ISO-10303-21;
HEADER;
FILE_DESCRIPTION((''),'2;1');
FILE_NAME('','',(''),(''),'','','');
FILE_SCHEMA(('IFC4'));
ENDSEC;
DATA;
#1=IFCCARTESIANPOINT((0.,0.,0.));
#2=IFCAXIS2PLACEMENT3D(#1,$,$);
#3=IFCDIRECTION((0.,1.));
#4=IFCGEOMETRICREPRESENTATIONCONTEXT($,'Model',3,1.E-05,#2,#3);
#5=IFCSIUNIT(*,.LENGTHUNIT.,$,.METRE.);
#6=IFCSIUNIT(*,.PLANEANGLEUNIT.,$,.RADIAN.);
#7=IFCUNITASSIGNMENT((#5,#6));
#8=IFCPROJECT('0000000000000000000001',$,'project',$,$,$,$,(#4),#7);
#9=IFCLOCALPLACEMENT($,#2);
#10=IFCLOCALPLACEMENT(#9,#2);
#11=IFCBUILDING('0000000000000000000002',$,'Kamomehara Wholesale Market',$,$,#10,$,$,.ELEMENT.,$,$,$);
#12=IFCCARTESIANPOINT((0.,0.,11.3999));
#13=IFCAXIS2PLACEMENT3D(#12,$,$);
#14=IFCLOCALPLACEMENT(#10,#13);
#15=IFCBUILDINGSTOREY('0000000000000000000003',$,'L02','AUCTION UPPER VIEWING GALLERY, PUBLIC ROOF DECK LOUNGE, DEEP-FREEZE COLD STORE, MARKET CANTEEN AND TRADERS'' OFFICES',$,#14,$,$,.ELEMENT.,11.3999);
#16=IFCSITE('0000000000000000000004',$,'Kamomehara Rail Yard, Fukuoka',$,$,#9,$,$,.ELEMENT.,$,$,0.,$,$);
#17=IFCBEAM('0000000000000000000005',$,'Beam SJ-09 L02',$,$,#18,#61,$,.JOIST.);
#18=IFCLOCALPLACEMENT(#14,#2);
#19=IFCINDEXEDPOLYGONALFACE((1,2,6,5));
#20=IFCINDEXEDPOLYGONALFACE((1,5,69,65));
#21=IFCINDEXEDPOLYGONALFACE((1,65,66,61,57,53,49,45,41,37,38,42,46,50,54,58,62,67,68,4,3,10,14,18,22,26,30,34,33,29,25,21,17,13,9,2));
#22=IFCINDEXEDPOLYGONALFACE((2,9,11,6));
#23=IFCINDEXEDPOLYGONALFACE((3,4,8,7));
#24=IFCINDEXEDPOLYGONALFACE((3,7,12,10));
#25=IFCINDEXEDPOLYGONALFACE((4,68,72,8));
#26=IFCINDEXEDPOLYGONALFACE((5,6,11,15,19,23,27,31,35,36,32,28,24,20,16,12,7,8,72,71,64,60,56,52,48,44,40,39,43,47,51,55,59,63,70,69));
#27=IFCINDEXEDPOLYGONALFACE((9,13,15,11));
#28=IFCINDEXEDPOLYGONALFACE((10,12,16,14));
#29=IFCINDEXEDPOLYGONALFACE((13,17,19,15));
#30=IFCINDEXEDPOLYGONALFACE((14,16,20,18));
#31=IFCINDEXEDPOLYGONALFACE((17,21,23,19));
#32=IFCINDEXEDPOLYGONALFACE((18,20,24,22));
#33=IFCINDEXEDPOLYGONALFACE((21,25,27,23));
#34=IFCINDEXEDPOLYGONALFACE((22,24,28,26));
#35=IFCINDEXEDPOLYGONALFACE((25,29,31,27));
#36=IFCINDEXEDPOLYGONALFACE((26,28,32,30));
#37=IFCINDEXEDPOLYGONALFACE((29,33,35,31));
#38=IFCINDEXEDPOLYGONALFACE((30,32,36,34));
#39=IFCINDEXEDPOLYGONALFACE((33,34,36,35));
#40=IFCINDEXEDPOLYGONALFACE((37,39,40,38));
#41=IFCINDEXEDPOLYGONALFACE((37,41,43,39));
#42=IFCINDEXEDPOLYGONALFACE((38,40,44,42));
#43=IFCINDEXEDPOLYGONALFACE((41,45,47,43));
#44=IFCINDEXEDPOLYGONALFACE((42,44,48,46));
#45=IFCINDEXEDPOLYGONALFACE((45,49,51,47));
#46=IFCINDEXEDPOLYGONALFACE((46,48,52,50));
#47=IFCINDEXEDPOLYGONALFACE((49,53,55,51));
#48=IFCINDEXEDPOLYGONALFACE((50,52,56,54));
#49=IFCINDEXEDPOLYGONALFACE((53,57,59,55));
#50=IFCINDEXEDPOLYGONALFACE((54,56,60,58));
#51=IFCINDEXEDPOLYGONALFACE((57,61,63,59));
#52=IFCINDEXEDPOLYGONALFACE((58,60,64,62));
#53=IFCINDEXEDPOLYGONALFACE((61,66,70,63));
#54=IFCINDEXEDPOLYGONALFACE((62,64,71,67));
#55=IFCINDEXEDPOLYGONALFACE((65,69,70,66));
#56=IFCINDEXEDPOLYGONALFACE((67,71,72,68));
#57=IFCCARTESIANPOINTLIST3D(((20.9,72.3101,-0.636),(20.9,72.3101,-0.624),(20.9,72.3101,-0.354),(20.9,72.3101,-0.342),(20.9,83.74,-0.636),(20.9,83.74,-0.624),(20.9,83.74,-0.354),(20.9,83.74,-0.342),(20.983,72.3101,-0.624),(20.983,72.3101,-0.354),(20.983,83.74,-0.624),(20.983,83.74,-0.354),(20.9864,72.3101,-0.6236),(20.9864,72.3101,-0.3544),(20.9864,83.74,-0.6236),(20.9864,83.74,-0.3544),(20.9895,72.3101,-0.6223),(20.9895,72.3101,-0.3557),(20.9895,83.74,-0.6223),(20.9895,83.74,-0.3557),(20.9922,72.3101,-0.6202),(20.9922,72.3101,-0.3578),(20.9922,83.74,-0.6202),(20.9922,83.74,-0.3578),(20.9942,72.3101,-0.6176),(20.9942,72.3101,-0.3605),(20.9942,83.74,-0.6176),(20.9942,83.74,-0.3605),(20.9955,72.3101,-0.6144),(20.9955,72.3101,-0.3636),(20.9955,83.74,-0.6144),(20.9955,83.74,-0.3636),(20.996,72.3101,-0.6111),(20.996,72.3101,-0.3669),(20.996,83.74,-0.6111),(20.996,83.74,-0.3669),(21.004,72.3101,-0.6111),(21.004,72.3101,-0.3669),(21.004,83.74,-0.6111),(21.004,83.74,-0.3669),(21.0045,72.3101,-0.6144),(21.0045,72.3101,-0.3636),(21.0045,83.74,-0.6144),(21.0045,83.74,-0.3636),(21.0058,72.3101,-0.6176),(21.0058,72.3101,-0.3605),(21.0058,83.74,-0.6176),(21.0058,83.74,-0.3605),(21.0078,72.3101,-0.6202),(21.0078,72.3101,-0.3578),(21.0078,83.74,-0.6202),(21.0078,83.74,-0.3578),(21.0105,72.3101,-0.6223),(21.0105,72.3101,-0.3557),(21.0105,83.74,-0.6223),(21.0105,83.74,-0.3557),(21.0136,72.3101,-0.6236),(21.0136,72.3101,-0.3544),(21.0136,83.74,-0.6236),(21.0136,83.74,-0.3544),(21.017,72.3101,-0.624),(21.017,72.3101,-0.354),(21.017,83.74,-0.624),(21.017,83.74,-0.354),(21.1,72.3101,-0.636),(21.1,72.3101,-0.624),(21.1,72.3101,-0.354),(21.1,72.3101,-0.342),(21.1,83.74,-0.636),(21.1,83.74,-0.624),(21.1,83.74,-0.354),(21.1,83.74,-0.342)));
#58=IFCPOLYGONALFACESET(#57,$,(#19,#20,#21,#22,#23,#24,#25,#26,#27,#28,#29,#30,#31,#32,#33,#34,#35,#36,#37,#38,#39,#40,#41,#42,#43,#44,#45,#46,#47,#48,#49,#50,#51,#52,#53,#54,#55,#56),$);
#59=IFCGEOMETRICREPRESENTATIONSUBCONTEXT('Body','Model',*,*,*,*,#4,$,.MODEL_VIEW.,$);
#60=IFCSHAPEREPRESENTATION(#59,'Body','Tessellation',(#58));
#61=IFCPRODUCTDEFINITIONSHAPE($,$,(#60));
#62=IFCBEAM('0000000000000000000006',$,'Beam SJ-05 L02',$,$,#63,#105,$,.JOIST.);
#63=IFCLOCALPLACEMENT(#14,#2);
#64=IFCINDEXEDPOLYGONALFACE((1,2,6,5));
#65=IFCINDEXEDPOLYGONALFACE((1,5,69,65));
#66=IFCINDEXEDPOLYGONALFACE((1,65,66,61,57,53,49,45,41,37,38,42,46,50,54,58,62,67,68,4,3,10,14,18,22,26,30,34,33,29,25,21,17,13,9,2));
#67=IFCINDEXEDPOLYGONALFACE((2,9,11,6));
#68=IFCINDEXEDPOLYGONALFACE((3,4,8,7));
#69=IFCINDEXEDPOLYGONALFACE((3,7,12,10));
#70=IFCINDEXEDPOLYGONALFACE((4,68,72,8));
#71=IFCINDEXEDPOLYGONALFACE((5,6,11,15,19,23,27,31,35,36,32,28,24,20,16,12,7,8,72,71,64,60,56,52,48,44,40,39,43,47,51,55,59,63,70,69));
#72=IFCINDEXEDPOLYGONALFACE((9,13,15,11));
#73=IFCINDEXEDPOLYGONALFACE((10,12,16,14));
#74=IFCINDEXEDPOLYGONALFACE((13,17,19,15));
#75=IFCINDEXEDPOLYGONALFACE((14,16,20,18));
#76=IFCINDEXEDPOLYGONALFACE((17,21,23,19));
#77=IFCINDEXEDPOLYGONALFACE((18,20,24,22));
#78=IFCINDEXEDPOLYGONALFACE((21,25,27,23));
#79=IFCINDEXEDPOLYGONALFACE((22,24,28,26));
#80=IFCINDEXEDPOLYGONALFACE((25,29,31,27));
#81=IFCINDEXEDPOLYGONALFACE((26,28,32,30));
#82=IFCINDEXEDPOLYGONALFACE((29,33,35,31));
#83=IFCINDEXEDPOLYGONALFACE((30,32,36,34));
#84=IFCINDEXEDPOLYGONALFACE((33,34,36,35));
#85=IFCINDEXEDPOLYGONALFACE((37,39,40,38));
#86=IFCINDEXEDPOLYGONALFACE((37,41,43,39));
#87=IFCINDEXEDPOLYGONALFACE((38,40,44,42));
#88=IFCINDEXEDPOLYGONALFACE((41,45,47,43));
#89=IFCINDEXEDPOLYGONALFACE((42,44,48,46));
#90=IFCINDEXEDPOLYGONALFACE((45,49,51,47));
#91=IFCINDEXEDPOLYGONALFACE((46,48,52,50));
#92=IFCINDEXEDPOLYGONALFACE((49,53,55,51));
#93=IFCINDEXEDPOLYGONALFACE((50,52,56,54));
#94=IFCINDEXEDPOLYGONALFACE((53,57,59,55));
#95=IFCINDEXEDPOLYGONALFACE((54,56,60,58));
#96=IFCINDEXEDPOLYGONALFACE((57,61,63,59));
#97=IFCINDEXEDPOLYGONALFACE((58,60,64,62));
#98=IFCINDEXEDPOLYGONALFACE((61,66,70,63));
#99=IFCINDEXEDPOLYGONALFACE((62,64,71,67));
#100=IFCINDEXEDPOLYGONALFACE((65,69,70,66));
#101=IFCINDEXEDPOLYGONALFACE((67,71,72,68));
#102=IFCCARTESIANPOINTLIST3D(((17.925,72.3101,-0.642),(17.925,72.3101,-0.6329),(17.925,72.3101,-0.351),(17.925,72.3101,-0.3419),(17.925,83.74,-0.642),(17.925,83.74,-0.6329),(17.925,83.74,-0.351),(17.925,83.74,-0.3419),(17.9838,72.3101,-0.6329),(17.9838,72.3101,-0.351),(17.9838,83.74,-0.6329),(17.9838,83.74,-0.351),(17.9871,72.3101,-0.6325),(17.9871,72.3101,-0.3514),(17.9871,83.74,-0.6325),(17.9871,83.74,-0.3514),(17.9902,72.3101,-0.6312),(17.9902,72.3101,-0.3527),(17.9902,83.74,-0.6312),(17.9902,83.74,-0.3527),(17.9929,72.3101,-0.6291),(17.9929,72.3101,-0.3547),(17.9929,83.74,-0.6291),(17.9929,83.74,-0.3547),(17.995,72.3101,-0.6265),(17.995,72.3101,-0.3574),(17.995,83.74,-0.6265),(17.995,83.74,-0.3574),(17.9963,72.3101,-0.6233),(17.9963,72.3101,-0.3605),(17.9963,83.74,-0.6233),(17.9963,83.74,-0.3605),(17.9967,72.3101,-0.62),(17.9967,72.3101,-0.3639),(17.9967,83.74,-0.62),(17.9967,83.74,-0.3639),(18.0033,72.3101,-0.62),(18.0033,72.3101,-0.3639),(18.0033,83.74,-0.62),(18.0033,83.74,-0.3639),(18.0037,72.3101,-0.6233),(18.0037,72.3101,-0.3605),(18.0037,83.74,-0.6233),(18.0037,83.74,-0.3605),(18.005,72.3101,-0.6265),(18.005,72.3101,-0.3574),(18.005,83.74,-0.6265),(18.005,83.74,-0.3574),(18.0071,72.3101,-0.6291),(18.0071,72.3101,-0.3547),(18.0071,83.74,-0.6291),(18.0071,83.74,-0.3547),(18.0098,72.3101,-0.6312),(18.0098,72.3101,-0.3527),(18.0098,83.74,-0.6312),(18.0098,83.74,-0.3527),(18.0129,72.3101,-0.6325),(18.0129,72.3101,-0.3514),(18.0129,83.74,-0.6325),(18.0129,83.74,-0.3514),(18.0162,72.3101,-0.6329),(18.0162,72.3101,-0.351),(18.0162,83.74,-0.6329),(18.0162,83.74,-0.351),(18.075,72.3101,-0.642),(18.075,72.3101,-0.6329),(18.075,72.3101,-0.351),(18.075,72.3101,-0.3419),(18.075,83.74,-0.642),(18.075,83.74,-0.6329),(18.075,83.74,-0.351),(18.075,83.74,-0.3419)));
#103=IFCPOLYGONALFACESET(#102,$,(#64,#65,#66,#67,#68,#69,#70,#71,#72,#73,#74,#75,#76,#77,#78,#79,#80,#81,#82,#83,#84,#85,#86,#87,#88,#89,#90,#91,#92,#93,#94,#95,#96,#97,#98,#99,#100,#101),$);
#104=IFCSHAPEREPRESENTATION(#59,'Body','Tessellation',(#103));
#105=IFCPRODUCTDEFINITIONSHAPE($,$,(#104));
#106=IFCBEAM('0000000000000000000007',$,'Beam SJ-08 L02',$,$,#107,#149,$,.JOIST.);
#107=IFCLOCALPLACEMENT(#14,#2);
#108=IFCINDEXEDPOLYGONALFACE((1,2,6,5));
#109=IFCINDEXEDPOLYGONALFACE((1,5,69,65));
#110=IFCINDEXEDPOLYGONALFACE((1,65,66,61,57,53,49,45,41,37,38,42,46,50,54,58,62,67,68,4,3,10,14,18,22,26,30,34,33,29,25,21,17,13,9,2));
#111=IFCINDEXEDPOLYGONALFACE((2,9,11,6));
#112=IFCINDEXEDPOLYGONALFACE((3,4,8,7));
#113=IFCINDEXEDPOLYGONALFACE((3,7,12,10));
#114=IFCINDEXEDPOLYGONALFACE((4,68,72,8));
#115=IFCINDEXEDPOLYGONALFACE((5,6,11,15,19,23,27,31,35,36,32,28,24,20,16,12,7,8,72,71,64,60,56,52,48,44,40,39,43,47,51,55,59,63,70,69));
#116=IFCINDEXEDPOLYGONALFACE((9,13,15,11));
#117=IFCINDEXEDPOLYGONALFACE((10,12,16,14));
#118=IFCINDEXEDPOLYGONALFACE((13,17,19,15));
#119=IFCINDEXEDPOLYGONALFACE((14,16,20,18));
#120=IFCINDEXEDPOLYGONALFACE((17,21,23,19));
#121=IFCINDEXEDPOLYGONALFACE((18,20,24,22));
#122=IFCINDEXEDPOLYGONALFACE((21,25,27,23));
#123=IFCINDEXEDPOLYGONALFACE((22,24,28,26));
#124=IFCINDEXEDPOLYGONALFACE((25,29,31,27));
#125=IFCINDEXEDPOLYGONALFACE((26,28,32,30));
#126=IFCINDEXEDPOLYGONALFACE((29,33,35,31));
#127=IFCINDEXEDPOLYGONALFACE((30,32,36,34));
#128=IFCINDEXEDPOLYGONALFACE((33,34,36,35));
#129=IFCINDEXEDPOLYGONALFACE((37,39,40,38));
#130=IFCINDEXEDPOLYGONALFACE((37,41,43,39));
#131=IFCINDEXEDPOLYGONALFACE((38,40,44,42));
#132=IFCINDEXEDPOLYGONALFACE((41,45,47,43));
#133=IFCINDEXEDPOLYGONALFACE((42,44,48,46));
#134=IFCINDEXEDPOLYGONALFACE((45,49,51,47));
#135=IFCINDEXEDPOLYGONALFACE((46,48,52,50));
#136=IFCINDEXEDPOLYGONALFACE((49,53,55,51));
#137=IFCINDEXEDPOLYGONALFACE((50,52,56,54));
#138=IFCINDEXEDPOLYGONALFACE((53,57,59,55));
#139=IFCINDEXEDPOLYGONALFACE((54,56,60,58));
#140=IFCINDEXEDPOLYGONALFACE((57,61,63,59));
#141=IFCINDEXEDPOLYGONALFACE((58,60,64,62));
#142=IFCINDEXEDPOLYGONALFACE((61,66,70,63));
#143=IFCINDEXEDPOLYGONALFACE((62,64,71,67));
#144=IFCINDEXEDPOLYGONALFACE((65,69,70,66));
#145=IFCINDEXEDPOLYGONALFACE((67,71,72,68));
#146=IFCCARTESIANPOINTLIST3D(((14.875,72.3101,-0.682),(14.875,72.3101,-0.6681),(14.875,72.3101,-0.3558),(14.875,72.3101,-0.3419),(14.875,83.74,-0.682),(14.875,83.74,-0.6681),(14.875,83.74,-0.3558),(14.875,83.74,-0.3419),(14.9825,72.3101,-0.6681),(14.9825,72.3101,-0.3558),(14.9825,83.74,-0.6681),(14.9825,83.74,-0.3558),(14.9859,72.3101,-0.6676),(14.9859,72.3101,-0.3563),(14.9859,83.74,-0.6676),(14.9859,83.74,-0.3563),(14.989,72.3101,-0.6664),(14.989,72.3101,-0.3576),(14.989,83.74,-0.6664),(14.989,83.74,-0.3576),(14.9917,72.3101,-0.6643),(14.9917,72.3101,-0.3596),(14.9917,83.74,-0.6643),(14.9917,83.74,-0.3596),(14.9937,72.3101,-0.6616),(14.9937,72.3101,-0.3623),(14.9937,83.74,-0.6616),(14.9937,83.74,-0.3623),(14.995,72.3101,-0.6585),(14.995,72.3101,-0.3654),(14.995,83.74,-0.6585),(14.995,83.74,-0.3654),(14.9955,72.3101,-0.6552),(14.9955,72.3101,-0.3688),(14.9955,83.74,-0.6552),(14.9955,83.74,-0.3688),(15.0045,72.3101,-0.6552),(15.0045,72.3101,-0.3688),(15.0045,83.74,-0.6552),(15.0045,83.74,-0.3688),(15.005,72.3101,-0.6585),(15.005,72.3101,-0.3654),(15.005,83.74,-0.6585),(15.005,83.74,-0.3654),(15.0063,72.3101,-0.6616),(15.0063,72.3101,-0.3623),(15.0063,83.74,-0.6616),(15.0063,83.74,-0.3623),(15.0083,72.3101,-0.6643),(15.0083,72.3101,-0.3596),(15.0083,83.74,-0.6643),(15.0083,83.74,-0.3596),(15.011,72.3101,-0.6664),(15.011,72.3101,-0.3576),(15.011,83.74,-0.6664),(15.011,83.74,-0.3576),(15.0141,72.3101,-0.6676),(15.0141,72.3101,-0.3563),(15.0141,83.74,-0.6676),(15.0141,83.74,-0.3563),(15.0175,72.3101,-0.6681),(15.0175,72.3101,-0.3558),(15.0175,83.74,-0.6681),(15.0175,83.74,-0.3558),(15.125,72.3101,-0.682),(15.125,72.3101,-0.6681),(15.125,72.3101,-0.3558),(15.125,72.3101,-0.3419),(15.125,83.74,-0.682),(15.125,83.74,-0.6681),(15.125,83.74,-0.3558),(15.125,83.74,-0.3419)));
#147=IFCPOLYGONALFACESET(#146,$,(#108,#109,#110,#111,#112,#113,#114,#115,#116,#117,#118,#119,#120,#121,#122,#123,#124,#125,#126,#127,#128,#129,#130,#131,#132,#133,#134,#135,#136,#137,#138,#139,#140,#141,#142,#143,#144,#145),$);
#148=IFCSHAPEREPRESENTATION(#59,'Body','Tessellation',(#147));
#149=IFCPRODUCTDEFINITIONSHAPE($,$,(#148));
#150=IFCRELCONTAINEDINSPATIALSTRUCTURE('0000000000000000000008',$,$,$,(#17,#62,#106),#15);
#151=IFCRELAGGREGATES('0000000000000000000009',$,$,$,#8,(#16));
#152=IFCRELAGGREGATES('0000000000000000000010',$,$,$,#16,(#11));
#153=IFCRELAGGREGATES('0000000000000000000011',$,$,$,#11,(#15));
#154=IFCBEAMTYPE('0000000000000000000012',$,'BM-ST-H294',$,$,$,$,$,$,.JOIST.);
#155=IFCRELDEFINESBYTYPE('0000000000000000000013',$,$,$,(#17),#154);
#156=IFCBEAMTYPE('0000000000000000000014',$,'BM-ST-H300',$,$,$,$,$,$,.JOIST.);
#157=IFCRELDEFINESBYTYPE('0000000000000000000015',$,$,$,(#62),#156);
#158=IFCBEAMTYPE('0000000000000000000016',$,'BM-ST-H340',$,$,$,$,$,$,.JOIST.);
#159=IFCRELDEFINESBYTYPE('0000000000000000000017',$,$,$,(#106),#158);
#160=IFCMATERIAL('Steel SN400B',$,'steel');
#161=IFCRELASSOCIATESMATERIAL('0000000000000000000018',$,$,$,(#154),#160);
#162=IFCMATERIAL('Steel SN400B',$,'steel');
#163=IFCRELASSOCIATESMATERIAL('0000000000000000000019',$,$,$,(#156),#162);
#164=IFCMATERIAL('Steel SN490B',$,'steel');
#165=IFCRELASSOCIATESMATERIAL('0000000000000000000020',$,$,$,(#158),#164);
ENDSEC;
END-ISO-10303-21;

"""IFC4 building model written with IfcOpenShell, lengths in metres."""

from ifc_helpers import new_model, si_unit, direction, frame, origin, origin_2d, place, context, subcontext, project, spatial, i_section, extrude, material, material_profile, profile_set, type_object, element, save


model = new_model("IFC4")

# Units and contexts
model_context = context("Model", 3, precision=1e-05, world=origin(), true_north=direction((0.0, 1.0)))
body_context = subcontext(model_context, "Body", "Model", "MODEL_VIEW")
ifc_project = project(units=[si_unit("LENGTHUNIT", "METRE"), si_unit("PLANEANGLEUNIT", "RADIAN")], contexts=[model_context])

# Site, building, storey
site_placement = place(None, origin())
site = spatial("IfcSite", under=ifc_project, at=site_placement, Name="Kamomehara Rail Yard, Fukuoka", CompositionType="ELEMENT", RefElevation=0.0)
building_placement = place(site_placement, origin())
building = spatial("IfcBuilding", under=site, at=building_placement, Name="Kamomehara Wholesale Market", CompositionType="ELEMENT")
storey_placement = place(building_placement, frame((0.0, 0.0, 11.3999)))
storey = spatial("IfcBuildingStorey", under=building, at=storey_placement, Name="L02", Description="AUCTION UPPER VIEWING GALLERY, PUBLIC ROOF DECK LOUNGE, DEEP-FREEZE COLD STORE, MARKET CANTEEN AND TRADERS' OFFICES", CompositionType="ELEMENT", Elevation=11.3999)

# Beams
ifc_material_1 = material(Name="Steel SN400B", Category="steel")
ifc_material_profile_1 = material_profile(ifc_material_1, i_section(OverallWidth=0.2, OverallDepth=0.2939, WebThickness=0.0081, FlangeThickness=0.012, FilletRadius=0.0129, at=origin_2d()), Name="H-294x200x8x12")
ifc_profile_set_1 = profile_set([ifc_material_profile_1], Name="Steel SN400B")
beam_type_1 = type_object("IfcBeamType", Name="BM-ST-H294", PredefinedType="JOIST", material=ifc_profile_set_1)
beam_1_placement = place(storey_placement, frame((21.0, 72.3101, -0.489), z_axis=(0.0, 1.0, 0.0), x_axis=(-1.0, 0.0, 0.0)))
element("IfcBeam", 1, at=beam_1_placement, inside=storey, type_object=beam_type_1, Name="Beam SJ-09 L02", PredefinedType="JOIST", context=body_context, shape_type="SweptSolid", body=[
    extrude(i_section(OverallWidth=0.2, OverallDepth=0.2939, WebThickness=0.0081, FlangeThickness=0.012, FilletRadius=0.0129, at=origin_2d()), origin(), (0.0, 0.0, 1.0), 11.4299),
])
ifc_material_2 = material(Name="Steel SN400B", Category="steel")
ifc_material_profile_2 = material_profile(ifc_material_2, i_section(OverallWidth=0.1499, OverallDepth=0.3, WebThickness=0.0066, FlangeThickness=0.009, FilletRadius=0.0129, at=origin_2d()), Name="H-300x150x6.5x9")
ifc_profile_set_2 = profile_set([ifc_material_profile_2], Name="Steel SN400B")
beam_type_2 = type_object("IfcBeamType", Name="BM-ST-H300", PredefinedType="JOIST", material=ifc_profile_set_2)
beam_2_placement = place(storey_placement, frame((18.0, 72.3101, -0.4919), z_axis=(0.0, 1.0, 0.0), x_axis=(-1.0, 0.0, 0.0)))
element("IfcBeam", 2, at=beam_2_placement, inside=storey, type_object=beam_type_2, Name="Beam SJ-05 L02", PredefinedType="JOIST", context=body_context, shape_type="SweptSolid", body=[
    extrude(i_section(OverallWidth=0.1499, OverallDepth=0.3, WebThickness=0.0066, FlangeThickness=0.009, FilletRadius=0.0129, at=origin_2d()), origin(), (0.0, 0.0, 1.0), 11.4299),
])
ifc_material_3 = material(Name="Steel SN490B", Category="steel")
ifc_material_profile_3 = material_profile(ifc_material_3, i_section(OverallWidth=0.25, OverallDepth=0.3401, WebThickness=0.009, FlangeThickness=0.0139, FilletRadius=0.0129, at=origin_2d()), Name="H-340x250x9x14")
ifc_profile_set_3 = profile_set([ifc_material_profile_3], Name="Steel SN490B")
beam_type_3 = type_object("IfcBeamType", Name="BM-ST-H340", PredefinedType="JOIST", material=ifc_profile_set_3)
beam_3_placement = place(storey_placement, frame((15.0, 72.3101, -0.512), z_axis=(0.0, 1.0, 0.0), x_axis=(-1.0, 0.0, 0.0)))
element("IfcBeam", 3, at=beam_3_placement, inside=storey, type_object=beam_type_3, Name="Beam SJ-08 L02", PredefinedType="JOIST", context=body_context, shape_type="SweptSolid", body=[
    extrude(i_section(OverallWidth=0.25, OverallDepth=0.3401, WebThickness=0.009, FlangeThickness=0.0139, FilletRadius=0.0129, at=origin_2d()), origin(), (0.0, 0.0, 1.0), 11.4299),
])

save(model, "model.ifc")
